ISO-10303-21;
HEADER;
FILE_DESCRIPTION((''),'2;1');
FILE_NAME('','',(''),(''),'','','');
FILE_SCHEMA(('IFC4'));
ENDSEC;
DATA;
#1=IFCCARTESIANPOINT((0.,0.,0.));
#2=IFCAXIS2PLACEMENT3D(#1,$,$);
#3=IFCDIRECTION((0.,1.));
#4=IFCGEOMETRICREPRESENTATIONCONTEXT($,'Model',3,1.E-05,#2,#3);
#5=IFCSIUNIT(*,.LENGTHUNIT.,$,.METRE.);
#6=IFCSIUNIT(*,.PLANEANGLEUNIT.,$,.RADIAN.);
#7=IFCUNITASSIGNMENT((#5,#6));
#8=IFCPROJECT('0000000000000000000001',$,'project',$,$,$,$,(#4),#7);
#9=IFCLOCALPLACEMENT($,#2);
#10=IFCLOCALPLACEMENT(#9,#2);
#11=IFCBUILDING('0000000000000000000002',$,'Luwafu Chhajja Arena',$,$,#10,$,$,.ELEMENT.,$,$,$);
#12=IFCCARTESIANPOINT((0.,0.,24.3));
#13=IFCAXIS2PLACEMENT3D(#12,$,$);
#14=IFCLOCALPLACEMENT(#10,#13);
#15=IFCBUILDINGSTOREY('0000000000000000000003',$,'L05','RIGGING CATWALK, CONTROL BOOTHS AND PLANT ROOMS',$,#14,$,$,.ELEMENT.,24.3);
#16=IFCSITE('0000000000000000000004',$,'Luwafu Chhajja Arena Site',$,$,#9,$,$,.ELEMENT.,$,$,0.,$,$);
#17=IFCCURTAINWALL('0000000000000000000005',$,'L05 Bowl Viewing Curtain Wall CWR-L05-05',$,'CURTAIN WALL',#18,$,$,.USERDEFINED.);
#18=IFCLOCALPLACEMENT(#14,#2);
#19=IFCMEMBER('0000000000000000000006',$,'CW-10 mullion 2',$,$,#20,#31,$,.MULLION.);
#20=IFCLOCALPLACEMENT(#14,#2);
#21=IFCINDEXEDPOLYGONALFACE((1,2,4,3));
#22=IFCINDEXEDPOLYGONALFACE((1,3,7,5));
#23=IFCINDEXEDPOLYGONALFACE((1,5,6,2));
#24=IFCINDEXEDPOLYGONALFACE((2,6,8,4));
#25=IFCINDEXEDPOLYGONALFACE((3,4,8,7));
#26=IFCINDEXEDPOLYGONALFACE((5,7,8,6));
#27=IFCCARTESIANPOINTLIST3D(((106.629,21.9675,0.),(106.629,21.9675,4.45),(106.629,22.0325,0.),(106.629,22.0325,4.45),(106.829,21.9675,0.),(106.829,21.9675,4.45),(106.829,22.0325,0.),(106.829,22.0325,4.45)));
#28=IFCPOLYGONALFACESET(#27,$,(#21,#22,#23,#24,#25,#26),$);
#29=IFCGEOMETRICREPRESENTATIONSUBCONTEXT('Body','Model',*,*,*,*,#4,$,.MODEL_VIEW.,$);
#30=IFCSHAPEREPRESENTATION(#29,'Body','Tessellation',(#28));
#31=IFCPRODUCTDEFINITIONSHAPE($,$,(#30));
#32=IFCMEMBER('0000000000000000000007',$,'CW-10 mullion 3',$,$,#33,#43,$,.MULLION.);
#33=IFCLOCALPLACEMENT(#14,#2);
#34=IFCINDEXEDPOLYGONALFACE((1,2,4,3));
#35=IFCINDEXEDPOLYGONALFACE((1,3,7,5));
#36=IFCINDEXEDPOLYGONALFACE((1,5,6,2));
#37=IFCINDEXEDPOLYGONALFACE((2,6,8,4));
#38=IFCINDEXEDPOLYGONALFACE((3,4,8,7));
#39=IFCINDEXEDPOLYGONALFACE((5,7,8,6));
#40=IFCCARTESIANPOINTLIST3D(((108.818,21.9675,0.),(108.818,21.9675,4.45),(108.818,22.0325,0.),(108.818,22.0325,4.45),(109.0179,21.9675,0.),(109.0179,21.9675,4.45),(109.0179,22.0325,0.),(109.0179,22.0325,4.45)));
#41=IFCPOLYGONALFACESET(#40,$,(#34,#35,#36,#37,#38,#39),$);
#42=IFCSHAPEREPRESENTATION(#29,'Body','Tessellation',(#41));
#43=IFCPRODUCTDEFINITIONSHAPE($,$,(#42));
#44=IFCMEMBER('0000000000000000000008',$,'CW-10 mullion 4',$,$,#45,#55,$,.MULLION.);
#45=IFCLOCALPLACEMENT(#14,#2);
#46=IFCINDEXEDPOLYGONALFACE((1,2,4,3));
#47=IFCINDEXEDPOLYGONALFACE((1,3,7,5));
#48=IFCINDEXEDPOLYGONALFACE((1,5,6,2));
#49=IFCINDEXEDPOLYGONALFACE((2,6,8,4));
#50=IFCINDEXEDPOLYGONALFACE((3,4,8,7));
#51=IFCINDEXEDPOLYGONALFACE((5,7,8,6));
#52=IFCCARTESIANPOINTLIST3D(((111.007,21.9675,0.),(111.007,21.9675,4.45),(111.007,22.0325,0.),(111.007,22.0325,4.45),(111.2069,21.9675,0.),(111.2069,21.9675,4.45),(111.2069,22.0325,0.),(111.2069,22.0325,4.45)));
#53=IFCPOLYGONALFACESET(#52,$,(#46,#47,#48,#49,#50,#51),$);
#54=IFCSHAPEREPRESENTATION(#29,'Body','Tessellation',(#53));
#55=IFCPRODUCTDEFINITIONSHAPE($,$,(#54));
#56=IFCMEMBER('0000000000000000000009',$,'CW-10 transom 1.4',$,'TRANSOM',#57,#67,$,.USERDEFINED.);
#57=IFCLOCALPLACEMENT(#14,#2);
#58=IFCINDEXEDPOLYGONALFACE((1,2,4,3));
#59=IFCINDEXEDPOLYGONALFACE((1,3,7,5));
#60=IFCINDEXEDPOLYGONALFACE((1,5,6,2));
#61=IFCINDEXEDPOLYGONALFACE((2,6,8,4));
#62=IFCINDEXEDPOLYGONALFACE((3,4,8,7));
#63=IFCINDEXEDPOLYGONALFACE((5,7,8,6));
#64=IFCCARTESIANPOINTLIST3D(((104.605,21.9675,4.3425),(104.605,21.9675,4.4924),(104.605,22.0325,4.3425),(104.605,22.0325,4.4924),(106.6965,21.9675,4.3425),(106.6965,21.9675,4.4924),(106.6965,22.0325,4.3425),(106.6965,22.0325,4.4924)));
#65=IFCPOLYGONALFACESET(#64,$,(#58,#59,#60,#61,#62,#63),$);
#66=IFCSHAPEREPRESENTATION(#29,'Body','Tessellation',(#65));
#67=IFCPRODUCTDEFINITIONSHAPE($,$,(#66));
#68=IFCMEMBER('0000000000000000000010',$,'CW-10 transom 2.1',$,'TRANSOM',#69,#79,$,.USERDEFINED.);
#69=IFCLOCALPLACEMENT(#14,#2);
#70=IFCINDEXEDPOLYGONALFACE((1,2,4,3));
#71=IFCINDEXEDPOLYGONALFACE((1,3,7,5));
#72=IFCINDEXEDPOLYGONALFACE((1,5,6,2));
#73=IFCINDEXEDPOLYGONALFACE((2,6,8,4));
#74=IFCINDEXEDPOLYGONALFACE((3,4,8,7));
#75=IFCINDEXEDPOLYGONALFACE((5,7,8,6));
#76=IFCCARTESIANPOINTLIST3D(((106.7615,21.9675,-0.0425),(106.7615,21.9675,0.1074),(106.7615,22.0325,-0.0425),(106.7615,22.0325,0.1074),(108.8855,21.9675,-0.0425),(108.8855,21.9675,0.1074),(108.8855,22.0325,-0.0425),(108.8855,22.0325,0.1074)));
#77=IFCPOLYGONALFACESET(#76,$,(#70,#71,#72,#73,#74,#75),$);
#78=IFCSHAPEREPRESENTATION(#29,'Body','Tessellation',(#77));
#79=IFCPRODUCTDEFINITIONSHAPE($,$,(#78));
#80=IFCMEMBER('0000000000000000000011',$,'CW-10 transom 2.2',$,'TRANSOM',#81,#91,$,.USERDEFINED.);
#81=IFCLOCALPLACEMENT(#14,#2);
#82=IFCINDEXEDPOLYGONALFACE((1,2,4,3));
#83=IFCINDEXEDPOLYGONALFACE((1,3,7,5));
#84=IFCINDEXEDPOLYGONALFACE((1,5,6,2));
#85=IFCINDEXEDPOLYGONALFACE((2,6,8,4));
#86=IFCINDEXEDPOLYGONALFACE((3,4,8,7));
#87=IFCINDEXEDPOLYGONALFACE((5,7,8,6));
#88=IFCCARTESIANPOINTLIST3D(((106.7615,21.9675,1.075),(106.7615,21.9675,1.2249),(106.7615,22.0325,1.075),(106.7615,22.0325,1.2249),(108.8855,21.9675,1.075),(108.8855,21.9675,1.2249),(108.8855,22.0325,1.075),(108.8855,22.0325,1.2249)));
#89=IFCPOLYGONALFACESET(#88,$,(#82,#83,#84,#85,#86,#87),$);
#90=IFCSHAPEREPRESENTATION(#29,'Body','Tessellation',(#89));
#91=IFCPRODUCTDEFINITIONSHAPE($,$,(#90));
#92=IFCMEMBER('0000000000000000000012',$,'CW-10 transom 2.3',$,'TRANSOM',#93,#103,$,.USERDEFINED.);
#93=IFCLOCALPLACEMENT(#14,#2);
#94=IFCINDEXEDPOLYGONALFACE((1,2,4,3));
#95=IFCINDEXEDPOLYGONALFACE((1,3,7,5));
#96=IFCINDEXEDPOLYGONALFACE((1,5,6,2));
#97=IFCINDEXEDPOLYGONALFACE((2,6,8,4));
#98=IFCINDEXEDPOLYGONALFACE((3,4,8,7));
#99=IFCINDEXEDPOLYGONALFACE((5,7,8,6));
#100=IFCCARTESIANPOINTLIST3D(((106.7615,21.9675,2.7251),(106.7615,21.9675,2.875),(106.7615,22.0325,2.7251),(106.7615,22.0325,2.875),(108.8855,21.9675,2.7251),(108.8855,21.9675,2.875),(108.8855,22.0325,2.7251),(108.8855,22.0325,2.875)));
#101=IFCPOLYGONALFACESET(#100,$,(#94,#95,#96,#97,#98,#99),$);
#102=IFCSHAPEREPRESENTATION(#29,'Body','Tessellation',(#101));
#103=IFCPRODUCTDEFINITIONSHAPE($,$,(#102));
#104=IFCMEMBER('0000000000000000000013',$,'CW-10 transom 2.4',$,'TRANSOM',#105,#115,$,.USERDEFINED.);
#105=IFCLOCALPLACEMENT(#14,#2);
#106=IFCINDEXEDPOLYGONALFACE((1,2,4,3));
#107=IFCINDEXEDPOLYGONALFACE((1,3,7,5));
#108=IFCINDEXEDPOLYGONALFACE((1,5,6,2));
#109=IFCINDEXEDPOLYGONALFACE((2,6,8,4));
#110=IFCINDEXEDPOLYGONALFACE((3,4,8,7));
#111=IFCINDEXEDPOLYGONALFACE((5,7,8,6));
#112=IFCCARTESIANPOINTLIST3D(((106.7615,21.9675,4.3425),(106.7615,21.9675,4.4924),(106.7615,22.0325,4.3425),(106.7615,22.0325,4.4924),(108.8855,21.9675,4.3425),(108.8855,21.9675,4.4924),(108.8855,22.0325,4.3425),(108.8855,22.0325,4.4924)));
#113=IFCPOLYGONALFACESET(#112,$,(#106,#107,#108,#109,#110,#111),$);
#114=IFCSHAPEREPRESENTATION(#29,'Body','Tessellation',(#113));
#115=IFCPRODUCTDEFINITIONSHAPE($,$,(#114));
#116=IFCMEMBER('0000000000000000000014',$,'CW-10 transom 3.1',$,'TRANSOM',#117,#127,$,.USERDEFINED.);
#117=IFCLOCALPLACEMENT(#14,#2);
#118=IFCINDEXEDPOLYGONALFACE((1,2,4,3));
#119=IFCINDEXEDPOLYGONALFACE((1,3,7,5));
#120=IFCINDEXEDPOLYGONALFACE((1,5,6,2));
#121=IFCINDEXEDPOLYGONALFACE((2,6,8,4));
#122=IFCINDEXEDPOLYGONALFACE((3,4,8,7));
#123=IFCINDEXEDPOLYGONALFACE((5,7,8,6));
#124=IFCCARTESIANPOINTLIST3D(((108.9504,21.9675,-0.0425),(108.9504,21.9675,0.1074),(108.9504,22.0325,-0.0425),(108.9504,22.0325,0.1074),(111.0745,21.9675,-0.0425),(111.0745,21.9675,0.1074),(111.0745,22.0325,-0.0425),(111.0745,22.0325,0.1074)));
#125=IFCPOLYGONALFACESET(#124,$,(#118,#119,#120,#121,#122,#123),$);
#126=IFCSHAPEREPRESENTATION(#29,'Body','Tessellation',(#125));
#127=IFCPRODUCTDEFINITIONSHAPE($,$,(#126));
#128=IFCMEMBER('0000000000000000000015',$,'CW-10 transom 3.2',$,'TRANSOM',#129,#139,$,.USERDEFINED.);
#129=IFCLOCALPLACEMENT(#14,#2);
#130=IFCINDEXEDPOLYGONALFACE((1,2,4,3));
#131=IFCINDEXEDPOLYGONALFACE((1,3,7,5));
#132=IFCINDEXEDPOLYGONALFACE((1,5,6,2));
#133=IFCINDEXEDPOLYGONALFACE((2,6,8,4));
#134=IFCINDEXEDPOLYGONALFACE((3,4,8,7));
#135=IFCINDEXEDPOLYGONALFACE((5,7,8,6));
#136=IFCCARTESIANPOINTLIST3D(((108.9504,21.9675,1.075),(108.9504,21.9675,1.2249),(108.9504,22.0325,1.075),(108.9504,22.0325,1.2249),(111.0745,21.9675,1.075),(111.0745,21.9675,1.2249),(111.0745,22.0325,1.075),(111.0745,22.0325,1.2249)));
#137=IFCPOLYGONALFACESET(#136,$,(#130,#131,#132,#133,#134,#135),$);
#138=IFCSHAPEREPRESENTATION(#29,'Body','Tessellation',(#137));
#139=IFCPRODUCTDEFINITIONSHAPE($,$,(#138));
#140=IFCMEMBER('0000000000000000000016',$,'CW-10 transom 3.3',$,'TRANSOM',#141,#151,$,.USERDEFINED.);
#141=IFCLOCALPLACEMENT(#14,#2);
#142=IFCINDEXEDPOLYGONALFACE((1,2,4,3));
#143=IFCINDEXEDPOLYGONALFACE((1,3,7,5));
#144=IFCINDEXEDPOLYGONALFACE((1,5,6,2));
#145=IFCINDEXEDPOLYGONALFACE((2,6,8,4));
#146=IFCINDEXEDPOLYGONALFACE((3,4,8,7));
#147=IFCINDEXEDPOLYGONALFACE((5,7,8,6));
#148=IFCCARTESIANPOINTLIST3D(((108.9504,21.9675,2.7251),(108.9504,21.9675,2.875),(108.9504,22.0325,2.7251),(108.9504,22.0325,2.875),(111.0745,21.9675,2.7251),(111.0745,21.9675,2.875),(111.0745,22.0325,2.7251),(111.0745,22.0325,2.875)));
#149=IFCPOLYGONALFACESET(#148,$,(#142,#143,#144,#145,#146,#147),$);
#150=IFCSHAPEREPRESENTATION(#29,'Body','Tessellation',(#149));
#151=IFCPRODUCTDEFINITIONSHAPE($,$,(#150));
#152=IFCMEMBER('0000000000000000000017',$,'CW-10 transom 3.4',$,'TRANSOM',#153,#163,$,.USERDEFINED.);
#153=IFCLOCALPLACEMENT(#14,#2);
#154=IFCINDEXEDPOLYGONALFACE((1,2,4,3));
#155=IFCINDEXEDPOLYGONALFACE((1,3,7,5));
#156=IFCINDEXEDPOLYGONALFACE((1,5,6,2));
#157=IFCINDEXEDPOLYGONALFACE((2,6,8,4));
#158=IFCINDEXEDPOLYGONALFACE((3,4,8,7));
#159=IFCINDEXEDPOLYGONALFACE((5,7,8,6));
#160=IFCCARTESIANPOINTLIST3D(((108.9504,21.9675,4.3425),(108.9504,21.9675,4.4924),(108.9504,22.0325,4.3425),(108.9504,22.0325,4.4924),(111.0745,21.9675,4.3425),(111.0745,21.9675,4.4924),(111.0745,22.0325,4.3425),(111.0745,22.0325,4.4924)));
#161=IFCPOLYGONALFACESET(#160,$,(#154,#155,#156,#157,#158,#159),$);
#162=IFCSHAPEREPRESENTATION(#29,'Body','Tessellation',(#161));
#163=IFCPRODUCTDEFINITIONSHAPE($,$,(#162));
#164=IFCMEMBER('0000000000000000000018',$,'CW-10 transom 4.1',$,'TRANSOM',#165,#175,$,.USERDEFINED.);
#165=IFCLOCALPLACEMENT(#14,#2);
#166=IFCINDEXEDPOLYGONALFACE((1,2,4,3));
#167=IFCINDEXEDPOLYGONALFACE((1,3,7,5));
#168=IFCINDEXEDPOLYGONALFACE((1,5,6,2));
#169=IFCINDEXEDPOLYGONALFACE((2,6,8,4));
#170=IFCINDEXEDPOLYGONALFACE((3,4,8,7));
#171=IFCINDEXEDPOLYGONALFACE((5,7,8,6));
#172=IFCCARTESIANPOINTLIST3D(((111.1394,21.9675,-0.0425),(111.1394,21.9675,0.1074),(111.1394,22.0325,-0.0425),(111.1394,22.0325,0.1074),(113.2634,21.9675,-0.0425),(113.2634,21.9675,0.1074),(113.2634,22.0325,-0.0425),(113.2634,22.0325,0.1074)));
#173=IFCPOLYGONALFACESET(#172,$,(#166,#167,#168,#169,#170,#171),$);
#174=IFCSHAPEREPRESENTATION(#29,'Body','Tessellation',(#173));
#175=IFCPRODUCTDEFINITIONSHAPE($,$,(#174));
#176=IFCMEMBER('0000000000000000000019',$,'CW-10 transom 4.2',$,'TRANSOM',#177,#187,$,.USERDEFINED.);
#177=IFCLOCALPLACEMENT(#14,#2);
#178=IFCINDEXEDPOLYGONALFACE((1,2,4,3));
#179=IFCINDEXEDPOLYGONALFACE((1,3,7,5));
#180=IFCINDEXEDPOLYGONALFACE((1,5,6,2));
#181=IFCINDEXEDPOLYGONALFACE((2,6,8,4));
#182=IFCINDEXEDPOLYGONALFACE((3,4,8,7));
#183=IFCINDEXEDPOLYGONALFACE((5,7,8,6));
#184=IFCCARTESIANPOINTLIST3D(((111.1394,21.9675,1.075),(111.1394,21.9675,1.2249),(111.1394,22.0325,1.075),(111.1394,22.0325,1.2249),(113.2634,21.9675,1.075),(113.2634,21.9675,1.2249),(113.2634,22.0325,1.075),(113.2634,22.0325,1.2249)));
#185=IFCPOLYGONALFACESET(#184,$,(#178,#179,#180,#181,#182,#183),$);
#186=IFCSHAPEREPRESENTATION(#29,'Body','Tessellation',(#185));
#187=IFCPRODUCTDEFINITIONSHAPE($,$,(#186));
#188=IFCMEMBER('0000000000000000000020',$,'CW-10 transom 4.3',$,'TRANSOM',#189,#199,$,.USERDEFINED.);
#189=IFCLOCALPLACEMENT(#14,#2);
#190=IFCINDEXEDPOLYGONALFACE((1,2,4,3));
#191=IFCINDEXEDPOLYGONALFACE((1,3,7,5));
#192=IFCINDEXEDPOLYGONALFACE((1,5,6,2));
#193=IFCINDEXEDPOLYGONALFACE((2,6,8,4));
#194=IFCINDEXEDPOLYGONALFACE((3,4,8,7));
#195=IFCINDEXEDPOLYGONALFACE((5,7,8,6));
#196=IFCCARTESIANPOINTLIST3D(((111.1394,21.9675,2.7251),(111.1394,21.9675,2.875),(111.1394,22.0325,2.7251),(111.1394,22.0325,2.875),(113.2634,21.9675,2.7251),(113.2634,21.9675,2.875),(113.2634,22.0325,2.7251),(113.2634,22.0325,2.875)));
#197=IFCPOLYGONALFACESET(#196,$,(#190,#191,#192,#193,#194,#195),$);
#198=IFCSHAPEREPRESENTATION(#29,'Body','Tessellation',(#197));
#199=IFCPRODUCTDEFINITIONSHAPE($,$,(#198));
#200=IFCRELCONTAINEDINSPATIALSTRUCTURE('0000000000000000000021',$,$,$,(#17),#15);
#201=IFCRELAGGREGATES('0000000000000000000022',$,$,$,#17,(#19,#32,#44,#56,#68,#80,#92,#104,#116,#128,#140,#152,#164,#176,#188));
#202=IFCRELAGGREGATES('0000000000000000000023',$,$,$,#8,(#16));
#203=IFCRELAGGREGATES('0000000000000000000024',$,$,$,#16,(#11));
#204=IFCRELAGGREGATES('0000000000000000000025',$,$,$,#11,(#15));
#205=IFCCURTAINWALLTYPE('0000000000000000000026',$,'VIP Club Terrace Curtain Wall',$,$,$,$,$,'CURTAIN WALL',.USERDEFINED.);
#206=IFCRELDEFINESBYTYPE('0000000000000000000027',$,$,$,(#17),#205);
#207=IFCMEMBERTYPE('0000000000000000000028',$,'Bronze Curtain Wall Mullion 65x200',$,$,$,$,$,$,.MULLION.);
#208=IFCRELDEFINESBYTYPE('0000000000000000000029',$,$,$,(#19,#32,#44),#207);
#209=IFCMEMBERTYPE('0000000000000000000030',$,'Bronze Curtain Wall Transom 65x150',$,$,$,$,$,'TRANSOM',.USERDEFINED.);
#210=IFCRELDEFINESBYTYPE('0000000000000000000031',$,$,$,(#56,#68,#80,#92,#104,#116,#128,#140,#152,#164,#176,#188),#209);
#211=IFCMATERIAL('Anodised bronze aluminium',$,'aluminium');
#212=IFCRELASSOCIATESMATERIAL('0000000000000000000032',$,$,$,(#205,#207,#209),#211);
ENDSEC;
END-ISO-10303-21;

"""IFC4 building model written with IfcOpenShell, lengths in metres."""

from ifc_helpers import new_model, si_unit, direction, frame, origin, origin_2d, place, context, subcontext, project, spatial, rectangle, extrude, material, material_profile, profile_set, type_object, element, aggregate, save


model = new_model("IFC4")

# Units and contexts
model_context = context("Model", 3, precision=1e-05, world=origin(), true_north=direction((0.0, 1.0)))
body_context = subcontext(model_context, "Body", "Model", "MODEL_VIEW")
ifc_project = project(units=[si_unit("LENGTHUNIT", "METRE"), si_unit("PLANEANGLEUNIT", "RADIAN")], contexts=[model_context])

# Site, building, storey
site_placement = place(None, origin())
site = spatial("IfcSite", under=ifc_project, at=site_placement, Name="Luwafu Chhajja Arena Site", CompositionType="ELEMENT", RefElevation=0.0)
building_placement = place(site_placement, origin())
building = spatial("IfcBuilding", under=site, at=building_placement, Name="Luwafu Chhajja Arena", CompositionType="ELEMENT")
storey_placement = place(building_placement, frame((0.0, 0.0, 24.3)))
storey = spatial("IfcBuildingStorey", under=building, at=storey_placement, Name="L05", Description="RIGGING CATWALK, CONTROL BOOTHS AND PLANT ROOMS", CompositionType="ELEMENT", Elevation=24.3)

# Curtain wall, members
ifc_material_1 = material(Name="Anodised bronze aluminium", Category="aluminium")
curtain_wall_type = type_object("IfcCurtainWallType", Name="VIP Club Terrace Curtain Wall", ElementType="CURTAIN WALL", PredefinedType="USERDEFINED", material=ifc_material_1)
curtain_wall_placement = place(storey_placement, origin())
curtain_wall = element("IfcCurtainWall", 1, at=curtain_wall_placement, inside=storey, type_object=curtain_wall_type, Name="L05 Bowl Viewing Curtain Wall CWR-L05-05", ObjectType="CURTAIN WALL", PredefinedType="USERDEFINED")
ifc_material_profile_1 = material_profile(ifc_material_1, rectangle(XDim=0.0649, YDim=0.2, at=origin_2d()), Name="CWM 65x200")
ifc_profile_set_1 = profile_set([ifc_material_profile_1], Name="Anodised bronze aluminium")
member_type_1 = type_object("IfcMemberType", Name="Bronze Curtain Wall Mullion 65x200", PredefinedType="MULLION", material=ifc_profile_set_1)
member_1_placement = place(storey_placement, frame((106.729, 22.0, 0.0), z_axis=(0.0, 0.0, 1.0), x_axis=(0.0, 1.0, 0.0)))
member_1 = element("IfcMember", 2, at=member_1_placement, type_object=member_type_1, Name="CW-10 mullion 2", PredefinedType="MULLION", context=body_context, shape_type="SweptSolid", body=[
    extrude(rectangle(XDim=0.0649, YDim=0.2, at=origin_2d()), origin(), (0.0, 0.0, 1.0), 4.45),
])
member_2_placement = place(storey_placement, frame((108.918, 22.0, 0.0), z_axis=(0.0, 0.0, 1.0), x_axis=(0.0, 1.0, 0.0)))
member_2 = element("IfcMember", 3, at=member_2_placement, type_object=member_type_1, Name="CW-10 mullion 3", PredefinedType="MULLION", context=body_context, shape_type="SweptSolid", body=[
    extrude(rectangle(XDim=0.0649, YDim=0.2, at=origin_2d()), origin(), (0.0, 0.0, 1.0), 4.45),
])
member_3_placement = place(storey_placement, frame((111.1069, 22.0, 0.0), z_axis=(0.0, 0.0, 1.0), x_axis=(0.0, 1.0, 0.0)))
member_3 = element("IfcMember", 4, at=member_3_placement, type_object=member_type_1, Name="CW-10 mullion 4", PredefinedType="MULLION", context=body_context, shape_type="SweptSolid", body=[
    extrude(rectangle(XDim=0.0649, YDim=0.2, at=origin_2d()), origin(), (0.0, 0.0, 1.0), 4.45),
])
ifc_material_profile_2 = material_profile(ifc_material_1, rectangle(XDim=0.0649, YDim=0.1499, at=origin_2d()), Name="CWT 65x150")
ifc_profile_set_2 = profile_set([ifc_material_profile_2], Name="Anodised bronze aluminium")
member_type_2 = type_object("IfcMemberType", Name="Bronze Curtain Wall Transom 65x150", ElementType="TRANSOM", PredefinedType="USERDEFINED", material=ifc_profile_set_2)
member_4_placement = place(storey_placement, frame((104.605, 22.0, 4.4175), z_axis=(1.0, 0.0, 0.0), x_axis=(0.0, 1.0, 0.0)))
member_4 = element("IfcMember", 5, at=member_4_placement, type_object=member_type_2, Name="CW-10 transom 1.4", ObjectType="TRANSOM", PredefinedType="USERDEFINED", context=body_context, shape_type="SweptSolid", body=[
    extrude(rectangle(XDim=0.0649, YDim=0.1499, at=origin_2d()), origin(), (0.0, 0.0, 1.0), 2.0916),
])
member_5_placement = place(storey_placement, frame((106.7615, 22.0, 0.0325), z_axis=(1.0, 0.0, 0.0), x_axis=(0.0, 1.0, 0.0)))
member_5 = element("IfcMember", 6, at=member_5_placement, type_object=member_type_2, Name="CW-10 transom 2.1", ObjectType="TRANSOM", PredefinedType="USERDEFINED", context=body_context, shape_type="SweptSolid", body=[
    extrude(rectangle(XDim=0.0649, YDim=0.1499, at=origin_2d()), origin(), (0.0, 0.0, 1.0), 2.124),
])
member_6_placement = place(storey_placement, frame((106.7615, 22.0, 1.1499), z_axis=(1.0, 0.0, 0.0), x_axis=(0.0, 1.0, 0.0)))
member_6 = element("IfcMember", 7, at=member_6_placement, type_object=member_type_2, Name="CW-10 transom 2.2", ObjectType="TRANSOM", PredefinedType="USERDEFINED", context=body_context, shape_type="SweptSolid", body=[
    extrude(rectangle(XDim=0.0649, YDim=0.1499, at=origin_2d()), origin(), (0.0, 0.0, 1.0), 2.124),
])
member_7_placement = place(storey_placement, frame((106.7615, 22.0, 2.8), z_axis=(1.0, 0.0, 0.0), x_axis=(0.0, 1.0, 0.0)))
member_7 = element("IfcMember", 8, at=member_7_placement, type_object=member_type_2, Name="CW-10 transom 2.3", ObjectType="TRANSOM", PredefinedType="USERDEFINED", context=body_context, shape_type="SweptSolid", body=[
    extrude(rectangle(XDim=0.0649, YDim=0.1499, at=origin_2d()), origin(), (0.0, 0.0, 1.0), 2.124),
])
member_8_placement = place(storey_placement, frame((106.7615, 22.0, 4.4175), z_axis=(1.0, 0.0, 0.0), x_axis=(0.0, 1.0, 0.0)))
member_8 = element("IfcMember", 9, at=member_8_placement, type_object=member_type_2, Name="CW-10 transom 2.4", ObjectType="TRANSOM", PredefinedType="USERDEFINED", context=body_context, shape_type="SweptSolid", body=[
    extrude(rectangle(XDim=0.0649, YDim=0.1499, at=origin_2d()), origin(), (0.0, 0.0, 1.0), 2.124),
])
member_9_placement = place(storey_placement, frame((108.9504, 22.0, 0.0325), z_axis=(1.0, 0.0, 0.0), x_axis=(0.0, 1.0, 0.0)))
member_9 = element("IfcMember", 10, at=member_9_placement, type_object=member_type_2, Name="CW-10 transom 3.1", ObjectType="TRANSOM", PredefinedType="USERDEFINED", context=body_context, shape_type="SweptSolid", body=[
    extrude(rectangle(XDim=0.0649, YDim=0.1499, at=origin_2d()), origin(), (0.0, 0.0, 1.0), 2.124),
])
member_10_placement = place(storey_placement, frame((108.9504, 22.0, 1.1499), z_axis=(1.0, 0.0, 0.0), x_axis=(0.0, 1.0, 0.0)))
member_10 = element("IfcMember", 11, at=member_10_placement, type_object=member_type_2, Name="CW-10 transom 3.2", ObjectType="TRANSOM", PredefinedType="USERDEFINED", context=body_context, shape_type="SweptSolid", body=[
    extrude(rectangle(XDim=0.0649, YDim=0.1499, at=origin_2d()), origin(), (0.0, 0.0, 1.0), 2.124),
])
member_11_placement = place(storey_placement, frame((108.9504, 22.0, 2.8), z_axis=(1.0, 0.0, 0.0), x_axis=(0.0, 1.0, 0.0)))
member_11 = element("IfcMember", 12, at=member_11_placement, type_object=member_type_2, Name="CW-10 transom 3.3", ObjectType="TRANSOM", PredefinedType="USERDEFINED", context=body_context, shape_type="SweptSolid", body=[
    extrude(rectangle(XDim=0.0649, YDim=0.1499, at=origin_2d()), origin(), (0.0, 0.0, 1.0), 2.124),
])
member_12_placement = place(storey_placement, frame((108.9504, 22.0, 4.4175), z_axis=(1.0, 0.0, 0.0), x_axis=(0.0, 1.0, 0.0)))
member_12 = element("IfcMember", 13, at=member_12_placement, type_object=member_type_2, Name="CW-10 transom 3.4", ObjectType="TRANSOM", PredefinedType="USERDEFINED", context=body_context, shape_type="SweptSolid", body=[
    extrude(rectangle(XDim=0.0649, YDim=0.1499, at=origin_2d()), origin(), (0.0, 0.0, 1.0), 2.124),
])
member_13_placement = place(storey_placement, frame((111.1394, 22.0, 0.0325), z_axis=(1.0, 0.0, 0.0), x_axis=(0.0, 1.0, 0.0)))
member_13 = element("IfcMember", 14, at=member_13_placement, type_object=member_type_2, Name="CW-10 transom 4.1", ObjectType="TRANSOM", PredefinedType="USERDEFINED", context=body_context, shape_type="SweptSolid", body=[
    extrude(rectangle(XDim=0.0649, YDim=0.1499, at=origin_2d()), origin(), (0.0, 0.0, 1.0), 2.124),
])
member_14_placement = place(storey_placement, frame((111.1394, 22.0, 1.1499), z_axis=(1.0, 0.0, 0.0), x_axis=(0.0, 1.0, 0.0)))
member_14 = element("IfcMember", 15, at=member_14_placement, type_object=member_type_2, Name="CW-10 transom 4.2", ObjectType="TRANSOM", PredefinedType="USERDEFINED", context=body_context, shape_type="SweptSolid", body=[
    extrude(rectangle(XDim=0.0649, YDim=0.1499, at=origin_2d()), origin(), (0.0, 0.0, 1.0), 2.124),
])
member_15_placement = place(storey_placement, frame((111.1394, 22.0, 2.8), z_axis=(1.0, 0.0, 0.0), x_axis=(0.0, 1.0, 0.0)))
member_15 = element("IfcMember", 16, at=member_15_placement, type_object=member_type_2, Name="CW-10 transom 4.3", ObjectType="TRANSOM", PredefinedType="USERDEFINED", context=body_context, shape_type="SweptSolid", body=[
    extrude(rectangle(XDim=0.0649, YDim=0.1499, at=origin_2d()), origin(), (0.0, 0.0, 1.0), 2.124),
])
aggregate(curtain_wall, [member_1, member_2, member_3, member_4, member_5, member_6, member_7, member_8, member_9, member_10, member_11, member_12, member_13, member_14, member_15])

save(model, "model.ifc")
